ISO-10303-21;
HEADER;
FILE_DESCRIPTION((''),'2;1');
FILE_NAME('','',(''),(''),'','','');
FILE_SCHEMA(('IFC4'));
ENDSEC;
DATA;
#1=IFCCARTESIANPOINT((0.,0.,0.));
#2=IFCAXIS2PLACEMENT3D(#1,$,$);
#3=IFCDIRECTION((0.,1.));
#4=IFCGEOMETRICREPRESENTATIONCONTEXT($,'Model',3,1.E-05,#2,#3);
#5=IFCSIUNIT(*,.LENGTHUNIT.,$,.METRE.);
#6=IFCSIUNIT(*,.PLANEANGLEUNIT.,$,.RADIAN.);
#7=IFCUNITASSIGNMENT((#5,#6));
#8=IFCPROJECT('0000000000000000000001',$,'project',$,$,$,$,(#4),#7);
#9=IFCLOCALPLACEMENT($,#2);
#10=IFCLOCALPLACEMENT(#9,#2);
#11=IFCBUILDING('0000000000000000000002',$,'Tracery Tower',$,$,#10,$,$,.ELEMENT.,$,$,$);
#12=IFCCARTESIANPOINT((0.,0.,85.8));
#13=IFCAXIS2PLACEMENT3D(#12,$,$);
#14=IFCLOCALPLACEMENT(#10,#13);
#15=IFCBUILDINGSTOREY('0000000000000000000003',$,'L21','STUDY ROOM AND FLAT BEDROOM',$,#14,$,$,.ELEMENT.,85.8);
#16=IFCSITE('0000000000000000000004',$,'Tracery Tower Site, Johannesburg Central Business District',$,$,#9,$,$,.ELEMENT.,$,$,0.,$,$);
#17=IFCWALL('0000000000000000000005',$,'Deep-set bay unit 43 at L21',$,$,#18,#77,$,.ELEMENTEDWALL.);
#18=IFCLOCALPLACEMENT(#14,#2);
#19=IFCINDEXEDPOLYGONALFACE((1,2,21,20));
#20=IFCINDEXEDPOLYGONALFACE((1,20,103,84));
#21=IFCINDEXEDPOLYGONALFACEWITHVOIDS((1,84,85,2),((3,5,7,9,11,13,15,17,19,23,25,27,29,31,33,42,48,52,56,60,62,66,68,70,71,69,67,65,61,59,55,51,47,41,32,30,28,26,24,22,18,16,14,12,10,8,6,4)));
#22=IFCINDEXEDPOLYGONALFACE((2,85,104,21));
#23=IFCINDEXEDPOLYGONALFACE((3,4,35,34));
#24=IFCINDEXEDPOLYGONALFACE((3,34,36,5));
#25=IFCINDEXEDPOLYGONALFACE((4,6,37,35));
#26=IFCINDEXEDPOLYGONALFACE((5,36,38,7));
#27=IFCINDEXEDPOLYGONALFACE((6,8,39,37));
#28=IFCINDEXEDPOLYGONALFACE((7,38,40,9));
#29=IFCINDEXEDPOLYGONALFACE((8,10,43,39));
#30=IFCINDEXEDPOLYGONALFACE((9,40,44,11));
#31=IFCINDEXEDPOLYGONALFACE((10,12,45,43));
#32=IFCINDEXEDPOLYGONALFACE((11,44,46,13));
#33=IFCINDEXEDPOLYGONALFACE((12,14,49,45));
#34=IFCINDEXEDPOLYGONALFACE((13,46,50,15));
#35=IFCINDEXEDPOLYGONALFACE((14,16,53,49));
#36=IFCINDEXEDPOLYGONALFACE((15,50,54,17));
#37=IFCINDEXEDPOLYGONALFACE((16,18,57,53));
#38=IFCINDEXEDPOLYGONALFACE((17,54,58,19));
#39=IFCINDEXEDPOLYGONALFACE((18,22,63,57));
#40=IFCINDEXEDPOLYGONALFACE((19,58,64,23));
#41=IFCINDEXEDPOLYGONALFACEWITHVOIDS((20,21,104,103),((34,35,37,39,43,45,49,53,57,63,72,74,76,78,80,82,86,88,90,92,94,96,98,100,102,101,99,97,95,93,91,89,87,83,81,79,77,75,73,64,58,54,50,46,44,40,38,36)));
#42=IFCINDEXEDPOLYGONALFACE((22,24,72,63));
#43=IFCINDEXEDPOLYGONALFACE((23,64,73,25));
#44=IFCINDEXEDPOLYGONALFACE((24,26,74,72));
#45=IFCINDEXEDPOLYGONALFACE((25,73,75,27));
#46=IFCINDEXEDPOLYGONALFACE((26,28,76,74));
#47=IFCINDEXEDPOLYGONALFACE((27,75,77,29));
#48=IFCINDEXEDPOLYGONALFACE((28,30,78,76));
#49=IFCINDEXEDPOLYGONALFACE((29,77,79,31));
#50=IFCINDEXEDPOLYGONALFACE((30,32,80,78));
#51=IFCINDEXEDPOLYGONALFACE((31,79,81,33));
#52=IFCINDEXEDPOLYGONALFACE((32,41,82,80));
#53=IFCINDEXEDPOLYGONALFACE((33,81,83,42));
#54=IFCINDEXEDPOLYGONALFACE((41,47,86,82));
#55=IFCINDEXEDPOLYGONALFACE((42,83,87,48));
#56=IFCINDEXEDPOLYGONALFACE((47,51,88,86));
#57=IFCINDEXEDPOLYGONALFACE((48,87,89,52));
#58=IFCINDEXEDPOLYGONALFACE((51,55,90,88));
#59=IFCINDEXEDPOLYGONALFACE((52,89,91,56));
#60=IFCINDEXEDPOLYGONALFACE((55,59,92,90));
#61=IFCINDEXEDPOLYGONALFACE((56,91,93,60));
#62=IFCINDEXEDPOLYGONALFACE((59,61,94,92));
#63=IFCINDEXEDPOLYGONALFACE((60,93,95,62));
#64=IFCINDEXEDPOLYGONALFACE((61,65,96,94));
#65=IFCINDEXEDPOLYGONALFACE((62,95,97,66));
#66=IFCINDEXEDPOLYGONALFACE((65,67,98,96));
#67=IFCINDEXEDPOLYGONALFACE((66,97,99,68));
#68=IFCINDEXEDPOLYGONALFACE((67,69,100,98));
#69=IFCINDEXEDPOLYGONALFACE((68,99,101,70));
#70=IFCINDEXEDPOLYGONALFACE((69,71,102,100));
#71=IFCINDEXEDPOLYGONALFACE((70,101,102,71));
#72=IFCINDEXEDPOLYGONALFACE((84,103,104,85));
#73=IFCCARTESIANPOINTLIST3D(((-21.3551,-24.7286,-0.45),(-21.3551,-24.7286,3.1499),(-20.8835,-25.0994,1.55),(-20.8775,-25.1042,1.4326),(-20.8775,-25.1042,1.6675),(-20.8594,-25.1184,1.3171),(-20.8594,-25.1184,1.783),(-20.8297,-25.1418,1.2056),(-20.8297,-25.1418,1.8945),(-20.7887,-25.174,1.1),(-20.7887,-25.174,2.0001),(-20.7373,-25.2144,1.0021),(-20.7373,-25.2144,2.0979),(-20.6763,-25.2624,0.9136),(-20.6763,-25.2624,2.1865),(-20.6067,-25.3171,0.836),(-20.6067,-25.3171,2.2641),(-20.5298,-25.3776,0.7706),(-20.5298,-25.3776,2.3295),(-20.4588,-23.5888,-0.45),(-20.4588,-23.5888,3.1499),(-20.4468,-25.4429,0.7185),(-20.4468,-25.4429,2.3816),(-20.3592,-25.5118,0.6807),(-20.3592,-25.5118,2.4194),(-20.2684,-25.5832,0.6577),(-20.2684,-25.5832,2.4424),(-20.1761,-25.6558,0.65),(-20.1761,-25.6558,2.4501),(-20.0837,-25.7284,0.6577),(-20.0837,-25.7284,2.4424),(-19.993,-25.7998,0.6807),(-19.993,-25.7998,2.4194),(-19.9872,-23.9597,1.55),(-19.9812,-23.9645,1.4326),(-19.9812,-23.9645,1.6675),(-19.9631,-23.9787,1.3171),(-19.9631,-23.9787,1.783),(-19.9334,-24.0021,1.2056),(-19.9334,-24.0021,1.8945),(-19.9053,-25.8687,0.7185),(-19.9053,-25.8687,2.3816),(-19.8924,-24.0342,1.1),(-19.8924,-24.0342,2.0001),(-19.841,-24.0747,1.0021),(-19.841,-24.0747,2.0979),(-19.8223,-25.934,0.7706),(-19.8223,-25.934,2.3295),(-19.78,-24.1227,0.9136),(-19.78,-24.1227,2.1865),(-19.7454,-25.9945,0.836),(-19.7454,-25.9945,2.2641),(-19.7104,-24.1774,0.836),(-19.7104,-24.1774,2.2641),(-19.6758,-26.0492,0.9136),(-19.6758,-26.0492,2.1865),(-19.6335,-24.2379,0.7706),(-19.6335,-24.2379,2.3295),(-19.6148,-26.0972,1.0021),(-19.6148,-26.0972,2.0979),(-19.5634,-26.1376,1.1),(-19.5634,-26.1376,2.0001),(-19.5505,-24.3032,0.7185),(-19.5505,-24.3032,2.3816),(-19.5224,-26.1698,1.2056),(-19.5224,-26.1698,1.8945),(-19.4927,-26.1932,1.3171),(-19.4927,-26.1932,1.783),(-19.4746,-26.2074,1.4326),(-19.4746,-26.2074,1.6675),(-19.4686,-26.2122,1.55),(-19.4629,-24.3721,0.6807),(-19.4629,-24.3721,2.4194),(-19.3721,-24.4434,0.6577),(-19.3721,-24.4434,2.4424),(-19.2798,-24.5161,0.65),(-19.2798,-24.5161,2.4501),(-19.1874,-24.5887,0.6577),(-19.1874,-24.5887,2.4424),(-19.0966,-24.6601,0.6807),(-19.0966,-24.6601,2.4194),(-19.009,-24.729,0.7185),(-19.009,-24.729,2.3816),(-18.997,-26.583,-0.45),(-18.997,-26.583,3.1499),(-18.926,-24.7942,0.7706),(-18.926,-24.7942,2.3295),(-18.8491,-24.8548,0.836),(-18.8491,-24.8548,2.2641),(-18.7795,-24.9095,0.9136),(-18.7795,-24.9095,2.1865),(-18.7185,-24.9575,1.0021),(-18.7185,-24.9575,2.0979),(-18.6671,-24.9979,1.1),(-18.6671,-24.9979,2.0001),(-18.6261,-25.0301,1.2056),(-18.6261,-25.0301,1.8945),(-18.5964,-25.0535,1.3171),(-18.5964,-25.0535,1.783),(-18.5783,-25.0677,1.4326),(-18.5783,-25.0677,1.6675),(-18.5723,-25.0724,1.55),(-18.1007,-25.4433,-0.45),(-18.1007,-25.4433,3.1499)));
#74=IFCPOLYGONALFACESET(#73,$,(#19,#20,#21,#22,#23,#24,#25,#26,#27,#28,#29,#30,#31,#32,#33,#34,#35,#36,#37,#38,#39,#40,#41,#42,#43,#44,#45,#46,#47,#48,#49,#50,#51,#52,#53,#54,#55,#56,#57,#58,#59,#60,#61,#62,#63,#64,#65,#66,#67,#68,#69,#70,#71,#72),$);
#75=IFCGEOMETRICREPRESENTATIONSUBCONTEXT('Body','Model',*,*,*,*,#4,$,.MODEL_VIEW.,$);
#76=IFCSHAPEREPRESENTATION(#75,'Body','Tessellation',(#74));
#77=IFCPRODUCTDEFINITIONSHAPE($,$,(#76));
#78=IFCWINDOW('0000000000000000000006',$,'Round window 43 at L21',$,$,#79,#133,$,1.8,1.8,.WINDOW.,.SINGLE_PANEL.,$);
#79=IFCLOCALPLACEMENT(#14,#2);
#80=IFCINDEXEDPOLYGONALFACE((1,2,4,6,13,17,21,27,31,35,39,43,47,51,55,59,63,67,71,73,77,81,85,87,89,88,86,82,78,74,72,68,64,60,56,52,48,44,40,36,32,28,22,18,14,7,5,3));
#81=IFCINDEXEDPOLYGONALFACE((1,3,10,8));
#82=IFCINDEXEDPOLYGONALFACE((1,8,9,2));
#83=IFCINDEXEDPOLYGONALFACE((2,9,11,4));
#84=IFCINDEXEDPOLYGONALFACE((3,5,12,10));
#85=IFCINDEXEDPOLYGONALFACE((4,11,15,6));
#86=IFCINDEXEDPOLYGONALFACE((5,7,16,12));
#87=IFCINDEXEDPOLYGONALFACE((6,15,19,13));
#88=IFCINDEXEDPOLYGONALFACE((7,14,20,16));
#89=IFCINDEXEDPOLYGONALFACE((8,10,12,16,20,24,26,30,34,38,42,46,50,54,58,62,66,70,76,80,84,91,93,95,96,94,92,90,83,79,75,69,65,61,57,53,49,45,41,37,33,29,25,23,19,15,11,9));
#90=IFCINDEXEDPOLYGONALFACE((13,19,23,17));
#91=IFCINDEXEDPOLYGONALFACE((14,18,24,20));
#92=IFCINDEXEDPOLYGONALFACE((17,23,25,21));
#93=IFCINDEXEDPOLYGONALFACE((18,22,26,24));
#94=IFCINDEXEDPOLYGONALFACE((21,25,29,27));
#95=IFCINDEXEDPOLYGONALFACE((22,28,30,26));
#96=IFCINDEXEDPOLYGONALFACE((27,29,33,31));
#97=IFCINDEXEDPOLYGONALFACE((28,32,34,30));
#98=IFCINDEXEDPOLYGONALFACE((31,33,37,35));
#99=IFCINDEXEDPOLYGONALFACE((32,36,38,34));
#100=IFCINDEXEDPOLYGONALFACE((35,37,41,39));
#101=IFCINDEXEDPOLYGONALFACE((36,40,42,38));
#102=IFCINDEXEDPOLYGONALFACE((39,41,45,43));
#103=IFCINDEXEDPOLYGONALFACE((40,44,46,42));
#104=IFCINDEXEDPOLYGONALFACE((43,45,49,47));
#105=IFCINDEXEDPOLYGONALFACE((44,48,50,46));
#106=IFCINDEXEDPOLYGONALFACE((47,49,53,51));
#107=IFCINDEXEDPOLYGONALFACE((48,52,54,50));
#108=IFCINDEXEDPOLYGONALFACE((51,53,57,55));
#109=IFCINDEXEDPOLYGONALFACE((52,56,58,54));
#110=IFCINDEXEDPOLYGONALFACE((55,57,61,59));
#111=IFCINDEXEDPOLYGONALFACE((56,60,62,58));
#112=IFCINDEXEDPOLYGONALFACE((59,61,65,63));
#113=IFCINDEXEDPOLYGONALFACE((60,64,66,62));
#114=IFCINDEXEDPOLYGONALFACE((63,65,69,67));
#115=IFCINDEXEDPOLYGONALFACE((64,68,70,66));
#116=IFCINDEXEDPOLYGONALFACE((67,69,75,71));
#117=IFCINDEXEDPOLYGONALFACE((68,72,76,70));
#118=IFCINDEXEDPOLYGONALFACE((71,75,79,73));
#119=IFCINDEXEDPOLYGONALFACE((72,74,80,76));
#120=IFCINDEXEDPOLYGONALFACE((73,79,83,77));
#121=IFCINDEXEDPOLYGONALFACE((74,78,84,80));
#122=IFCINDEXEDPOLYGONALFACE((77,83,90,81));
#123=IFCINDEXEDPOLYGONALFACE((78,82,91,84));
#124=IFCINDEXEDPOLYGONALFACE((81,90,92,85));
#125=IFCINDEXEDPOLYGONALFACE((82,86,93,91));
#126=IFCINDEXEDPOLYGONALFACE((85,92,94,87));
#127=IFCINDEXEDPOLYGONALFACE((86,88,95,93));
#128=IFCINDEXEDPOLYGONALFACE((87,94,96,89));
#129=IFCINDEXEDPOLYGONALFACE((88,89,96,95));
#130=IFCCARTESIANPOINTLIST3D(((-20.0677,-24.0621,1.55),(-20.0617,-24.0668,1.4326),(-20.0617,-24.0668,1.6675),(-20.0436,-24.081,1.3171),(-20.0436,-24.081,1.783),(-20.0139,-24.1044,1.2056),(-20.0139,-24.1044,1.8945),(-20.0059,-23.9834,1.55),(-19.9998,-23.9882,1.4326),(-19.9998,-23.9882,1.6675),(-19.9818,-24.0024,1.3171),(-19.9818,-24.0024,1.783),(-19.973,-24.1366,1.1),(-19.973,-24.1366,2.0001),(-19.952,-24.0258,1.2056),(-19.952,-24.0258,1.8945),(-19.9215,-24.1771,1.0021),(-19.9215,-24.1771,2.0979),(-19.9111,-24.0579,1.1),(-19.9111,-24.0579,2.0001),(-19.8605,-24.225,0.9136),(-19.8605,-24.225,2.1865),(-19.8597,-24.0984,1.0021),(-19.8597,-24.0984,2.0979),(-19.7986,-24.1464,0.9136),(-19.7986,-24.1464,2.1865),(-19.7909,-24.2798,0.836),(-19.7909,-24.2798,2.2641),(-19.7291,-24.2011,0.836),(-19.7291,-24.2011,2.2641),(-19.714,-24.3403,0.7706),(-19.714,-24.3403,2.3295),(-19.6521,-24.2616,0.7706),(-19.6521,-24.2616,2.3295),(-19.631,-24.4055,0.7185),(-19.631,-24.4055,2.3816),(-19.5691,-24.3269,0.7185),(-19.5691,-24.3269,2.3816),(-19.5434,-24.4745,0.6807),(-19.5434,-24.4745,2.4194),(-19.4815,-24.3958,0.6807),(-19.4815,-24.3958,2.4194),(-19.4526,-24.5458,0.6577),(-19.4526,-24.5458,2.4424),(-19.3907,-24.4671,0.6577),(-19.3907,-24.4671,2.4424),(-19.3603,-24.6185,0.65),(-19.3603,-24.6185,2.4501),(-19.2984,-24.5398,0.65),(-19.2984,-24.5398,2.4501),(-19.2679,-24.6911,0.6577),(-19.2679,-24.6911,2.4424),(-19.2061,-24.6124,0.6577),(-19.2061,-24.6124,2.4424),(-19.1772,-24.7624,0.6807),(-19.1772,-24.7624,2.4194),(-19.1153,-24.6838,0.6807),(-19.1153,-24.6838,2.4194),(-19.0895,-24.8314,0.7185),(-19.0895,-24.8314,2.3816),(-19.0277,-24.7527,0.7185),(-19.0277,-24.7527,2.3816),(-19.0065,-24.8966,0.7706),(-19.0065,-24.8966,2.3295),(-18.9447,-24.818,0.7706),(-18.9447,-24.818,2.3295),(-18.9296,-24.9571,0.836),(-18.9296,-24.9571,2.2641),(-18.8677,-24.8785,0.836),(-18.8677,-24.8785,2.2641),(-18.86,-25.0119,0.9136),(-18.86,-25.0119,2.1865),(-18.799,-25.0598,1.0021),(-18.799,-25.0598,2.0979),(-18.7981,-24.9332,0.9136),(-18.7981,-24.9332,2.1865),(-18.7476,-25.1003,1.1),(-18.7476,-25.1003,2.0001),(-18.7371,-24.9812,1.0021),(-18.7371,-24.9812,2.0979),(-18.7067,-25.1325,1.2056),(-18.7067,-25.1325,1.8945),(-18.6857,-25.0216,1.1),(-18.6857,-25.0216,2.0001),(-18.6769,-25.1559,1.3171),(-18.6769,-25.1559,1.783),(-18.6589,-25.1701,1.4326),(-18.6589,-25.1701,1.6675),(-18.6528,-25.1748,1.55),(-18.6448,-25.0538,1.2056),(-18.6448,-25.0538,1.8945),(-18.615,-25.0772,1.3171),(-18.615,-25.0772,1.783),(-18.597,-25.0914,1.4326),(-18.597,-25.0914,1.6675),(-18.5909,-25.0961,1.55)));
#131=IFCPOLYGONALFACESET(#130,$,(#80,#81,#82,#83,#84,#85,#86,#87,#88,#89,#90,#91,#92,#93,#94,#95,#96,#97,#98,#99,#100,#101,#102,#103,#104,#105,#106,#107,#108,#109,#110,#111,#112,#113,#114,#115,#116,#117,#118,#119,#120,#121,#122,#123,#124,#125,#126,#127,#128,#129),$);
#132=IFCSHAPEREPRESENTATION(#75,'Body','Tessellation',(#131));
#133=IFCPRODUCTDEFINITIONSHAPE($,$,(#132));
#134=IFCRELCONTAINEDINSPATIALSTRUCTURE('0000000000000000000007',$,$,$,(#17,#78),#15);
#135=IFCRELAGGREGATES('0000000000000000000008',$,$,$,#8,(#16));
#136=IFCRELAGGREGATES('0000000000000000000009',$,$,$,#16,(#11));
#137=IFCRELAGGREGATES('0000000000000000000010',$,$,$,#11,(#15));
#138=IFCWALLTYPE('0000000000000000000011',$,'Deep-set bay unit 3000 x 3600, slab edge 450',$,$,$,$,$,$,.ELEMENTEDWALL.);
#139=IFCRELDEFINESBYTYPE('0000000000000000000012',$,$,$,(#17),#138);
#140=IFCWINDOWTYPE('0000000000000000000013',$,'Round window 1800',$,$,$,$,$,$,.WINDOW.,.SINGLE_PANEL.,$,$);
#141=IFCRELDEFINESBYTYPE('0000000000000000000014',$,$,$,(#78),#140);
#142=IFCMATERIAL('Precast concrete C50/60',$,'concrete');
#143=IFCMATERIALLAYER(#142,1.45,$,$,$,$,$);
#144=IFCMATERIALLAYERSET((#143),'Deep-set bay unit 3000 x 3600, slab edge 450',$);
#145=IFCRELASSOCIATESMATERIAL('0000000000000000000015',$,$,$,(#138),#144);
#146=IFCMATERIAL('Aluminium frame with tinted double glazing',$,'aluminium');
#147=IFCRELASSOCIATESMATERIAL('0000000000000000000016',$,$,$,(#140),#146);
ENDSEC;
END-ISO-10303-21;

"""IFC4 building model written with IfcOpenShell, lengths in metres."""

from ifc_helpers import new_model, si_unit, direction, frame, frame_2d, origin, origin_2d, place, context, subcontext, project, spatial, rectangle, circle, extrude, material, layer, layer_set, type_object, element, fill, save


model = new_model("IFC4")

# Units and contexts
model_context = context("Model", 3, precision=1e-05, world=origin(), true_north=direction((0.0, 1.0)))
body_context = subcontext(model_context, "Body", "Model", "MODEL_VIEW")
ifc_project = project(units=[si_unit("LENGTHUNIT", "METRE"), si_unit("PLANEANGLEUNIT", "RADIAN")], contexts=[model_context])

# Site, building, storey
site_placement = place(None, origin())
site = spatial("IfcSite", under=ifc_project, at=site_placement, Name="Tracery Tower Site, Johannesburg Central Business District", CompositionType="ELEMENT", RefElevation=0.0)
building_placement = place(site_placement, origin())
building = spatial("IfcBuilding", under=site, at=building_placement, Name="Tracery Tower", CompositionType="ELEMENT")
storey_placement = place(building_placement, frame((0.0, 0.0, 85.8)))
storey = spatial("IfcBuildingStorey", under=building, at=storey_placement, Name="L21", Description="STUDY ROOM AND FLAT BEDROOM", CompositionType="ELEMENT", Elevation=85.8)

# Wall, opening, window
ifc_material_1 = material(Name="Precast concrete C50/60", Category="concrete")
ifc_layer_1 = layer(ifc_material_1, 1.45)
ifc_layer_set_1 = layer_set([ifc_layer_1], Name="Deep-set bay unit 3000 x 3600, slab edge 450")
wall_type_1 = type_object("IfcWallType", Name="Deep-set bay unit 3000 x 3600, slab edge 450", PredefinedType="ELEMENTEDWALL", material=ifc_layer_set_1)
wall_1_placement = place(storey_placement, frame((-20.907, -24.1587, -0.45), z_axis=(0.0, 0.0, 1.0), x_axis=(0.78605, -0.618163, 0.0)))
wall_1 = element("IfcWall", 1, at=wall_1_placement, inside=storey, type_object=wall_type_1, Name="Deep-set bay unit 43 at L21", PredefinedType="ELEMENTEDWALL", context=body_context, shape_type="SweptSolid", body=[
    extrude(rectangle(XDim=3.0, YDim=1.45, at=frame_2d((1.5, 0.0))), origin(), (0.0, 0.0, 1.0), 3.5999),
])
opening_1_placement = place(wall_1_placement, frame((1.5, 0.0, 2.0)))
opening_1 = element("IfcOpeningElement", 2, at=opening_1_placement, cuts=wall_1, PredefinedType="OPENING", context=body_context, shape_type="SweptSolid", body=[
    extrude(circle(Radius=0.9, at=origin_2d()), frame((0.0, 0.7349, 0.0), z_axis=(0.0, -1.0, 0.0), x_axis=(1.0, 0.0, 0.0)), (0.0, 0.0, 1.0), 1.47),
])
ifc_material_2 = material(Name="Aluminium frame with tinted double glazing", Category="aluminium")
window_type = type_object("IfcWindowType", Name="Round window 1800", PartitioningType="SINGLE_PANEL", PredefinedType="WINDOW", material=ifc_material_2)
window_1_placement = place(opening_1_placement, origin())
window_1 = element("IfcWindow", 3, at=window_1_placement, inside=storey, type_object=window_type, Name="Round window 43 at L21", OverallHeight=1.8, OverallWidth=1.8, PartitioningType="SINGLE_PANEL", PredefinedType="WINDOW", context=body_context, shape_type="SweptSolid", body=[
    extrude(circle(Radius=0.9, at=origin_2d()), frame((0.0, 0.6948, 0.0), z_axis=(0.0, -1.0, 0.0), x_axis=(1.0, 0.0, 0.0)), (0.0, 0.0, 1.0), 0.1001),
])
fill(opening_1, window_1)

save(model, "model.ifc")
